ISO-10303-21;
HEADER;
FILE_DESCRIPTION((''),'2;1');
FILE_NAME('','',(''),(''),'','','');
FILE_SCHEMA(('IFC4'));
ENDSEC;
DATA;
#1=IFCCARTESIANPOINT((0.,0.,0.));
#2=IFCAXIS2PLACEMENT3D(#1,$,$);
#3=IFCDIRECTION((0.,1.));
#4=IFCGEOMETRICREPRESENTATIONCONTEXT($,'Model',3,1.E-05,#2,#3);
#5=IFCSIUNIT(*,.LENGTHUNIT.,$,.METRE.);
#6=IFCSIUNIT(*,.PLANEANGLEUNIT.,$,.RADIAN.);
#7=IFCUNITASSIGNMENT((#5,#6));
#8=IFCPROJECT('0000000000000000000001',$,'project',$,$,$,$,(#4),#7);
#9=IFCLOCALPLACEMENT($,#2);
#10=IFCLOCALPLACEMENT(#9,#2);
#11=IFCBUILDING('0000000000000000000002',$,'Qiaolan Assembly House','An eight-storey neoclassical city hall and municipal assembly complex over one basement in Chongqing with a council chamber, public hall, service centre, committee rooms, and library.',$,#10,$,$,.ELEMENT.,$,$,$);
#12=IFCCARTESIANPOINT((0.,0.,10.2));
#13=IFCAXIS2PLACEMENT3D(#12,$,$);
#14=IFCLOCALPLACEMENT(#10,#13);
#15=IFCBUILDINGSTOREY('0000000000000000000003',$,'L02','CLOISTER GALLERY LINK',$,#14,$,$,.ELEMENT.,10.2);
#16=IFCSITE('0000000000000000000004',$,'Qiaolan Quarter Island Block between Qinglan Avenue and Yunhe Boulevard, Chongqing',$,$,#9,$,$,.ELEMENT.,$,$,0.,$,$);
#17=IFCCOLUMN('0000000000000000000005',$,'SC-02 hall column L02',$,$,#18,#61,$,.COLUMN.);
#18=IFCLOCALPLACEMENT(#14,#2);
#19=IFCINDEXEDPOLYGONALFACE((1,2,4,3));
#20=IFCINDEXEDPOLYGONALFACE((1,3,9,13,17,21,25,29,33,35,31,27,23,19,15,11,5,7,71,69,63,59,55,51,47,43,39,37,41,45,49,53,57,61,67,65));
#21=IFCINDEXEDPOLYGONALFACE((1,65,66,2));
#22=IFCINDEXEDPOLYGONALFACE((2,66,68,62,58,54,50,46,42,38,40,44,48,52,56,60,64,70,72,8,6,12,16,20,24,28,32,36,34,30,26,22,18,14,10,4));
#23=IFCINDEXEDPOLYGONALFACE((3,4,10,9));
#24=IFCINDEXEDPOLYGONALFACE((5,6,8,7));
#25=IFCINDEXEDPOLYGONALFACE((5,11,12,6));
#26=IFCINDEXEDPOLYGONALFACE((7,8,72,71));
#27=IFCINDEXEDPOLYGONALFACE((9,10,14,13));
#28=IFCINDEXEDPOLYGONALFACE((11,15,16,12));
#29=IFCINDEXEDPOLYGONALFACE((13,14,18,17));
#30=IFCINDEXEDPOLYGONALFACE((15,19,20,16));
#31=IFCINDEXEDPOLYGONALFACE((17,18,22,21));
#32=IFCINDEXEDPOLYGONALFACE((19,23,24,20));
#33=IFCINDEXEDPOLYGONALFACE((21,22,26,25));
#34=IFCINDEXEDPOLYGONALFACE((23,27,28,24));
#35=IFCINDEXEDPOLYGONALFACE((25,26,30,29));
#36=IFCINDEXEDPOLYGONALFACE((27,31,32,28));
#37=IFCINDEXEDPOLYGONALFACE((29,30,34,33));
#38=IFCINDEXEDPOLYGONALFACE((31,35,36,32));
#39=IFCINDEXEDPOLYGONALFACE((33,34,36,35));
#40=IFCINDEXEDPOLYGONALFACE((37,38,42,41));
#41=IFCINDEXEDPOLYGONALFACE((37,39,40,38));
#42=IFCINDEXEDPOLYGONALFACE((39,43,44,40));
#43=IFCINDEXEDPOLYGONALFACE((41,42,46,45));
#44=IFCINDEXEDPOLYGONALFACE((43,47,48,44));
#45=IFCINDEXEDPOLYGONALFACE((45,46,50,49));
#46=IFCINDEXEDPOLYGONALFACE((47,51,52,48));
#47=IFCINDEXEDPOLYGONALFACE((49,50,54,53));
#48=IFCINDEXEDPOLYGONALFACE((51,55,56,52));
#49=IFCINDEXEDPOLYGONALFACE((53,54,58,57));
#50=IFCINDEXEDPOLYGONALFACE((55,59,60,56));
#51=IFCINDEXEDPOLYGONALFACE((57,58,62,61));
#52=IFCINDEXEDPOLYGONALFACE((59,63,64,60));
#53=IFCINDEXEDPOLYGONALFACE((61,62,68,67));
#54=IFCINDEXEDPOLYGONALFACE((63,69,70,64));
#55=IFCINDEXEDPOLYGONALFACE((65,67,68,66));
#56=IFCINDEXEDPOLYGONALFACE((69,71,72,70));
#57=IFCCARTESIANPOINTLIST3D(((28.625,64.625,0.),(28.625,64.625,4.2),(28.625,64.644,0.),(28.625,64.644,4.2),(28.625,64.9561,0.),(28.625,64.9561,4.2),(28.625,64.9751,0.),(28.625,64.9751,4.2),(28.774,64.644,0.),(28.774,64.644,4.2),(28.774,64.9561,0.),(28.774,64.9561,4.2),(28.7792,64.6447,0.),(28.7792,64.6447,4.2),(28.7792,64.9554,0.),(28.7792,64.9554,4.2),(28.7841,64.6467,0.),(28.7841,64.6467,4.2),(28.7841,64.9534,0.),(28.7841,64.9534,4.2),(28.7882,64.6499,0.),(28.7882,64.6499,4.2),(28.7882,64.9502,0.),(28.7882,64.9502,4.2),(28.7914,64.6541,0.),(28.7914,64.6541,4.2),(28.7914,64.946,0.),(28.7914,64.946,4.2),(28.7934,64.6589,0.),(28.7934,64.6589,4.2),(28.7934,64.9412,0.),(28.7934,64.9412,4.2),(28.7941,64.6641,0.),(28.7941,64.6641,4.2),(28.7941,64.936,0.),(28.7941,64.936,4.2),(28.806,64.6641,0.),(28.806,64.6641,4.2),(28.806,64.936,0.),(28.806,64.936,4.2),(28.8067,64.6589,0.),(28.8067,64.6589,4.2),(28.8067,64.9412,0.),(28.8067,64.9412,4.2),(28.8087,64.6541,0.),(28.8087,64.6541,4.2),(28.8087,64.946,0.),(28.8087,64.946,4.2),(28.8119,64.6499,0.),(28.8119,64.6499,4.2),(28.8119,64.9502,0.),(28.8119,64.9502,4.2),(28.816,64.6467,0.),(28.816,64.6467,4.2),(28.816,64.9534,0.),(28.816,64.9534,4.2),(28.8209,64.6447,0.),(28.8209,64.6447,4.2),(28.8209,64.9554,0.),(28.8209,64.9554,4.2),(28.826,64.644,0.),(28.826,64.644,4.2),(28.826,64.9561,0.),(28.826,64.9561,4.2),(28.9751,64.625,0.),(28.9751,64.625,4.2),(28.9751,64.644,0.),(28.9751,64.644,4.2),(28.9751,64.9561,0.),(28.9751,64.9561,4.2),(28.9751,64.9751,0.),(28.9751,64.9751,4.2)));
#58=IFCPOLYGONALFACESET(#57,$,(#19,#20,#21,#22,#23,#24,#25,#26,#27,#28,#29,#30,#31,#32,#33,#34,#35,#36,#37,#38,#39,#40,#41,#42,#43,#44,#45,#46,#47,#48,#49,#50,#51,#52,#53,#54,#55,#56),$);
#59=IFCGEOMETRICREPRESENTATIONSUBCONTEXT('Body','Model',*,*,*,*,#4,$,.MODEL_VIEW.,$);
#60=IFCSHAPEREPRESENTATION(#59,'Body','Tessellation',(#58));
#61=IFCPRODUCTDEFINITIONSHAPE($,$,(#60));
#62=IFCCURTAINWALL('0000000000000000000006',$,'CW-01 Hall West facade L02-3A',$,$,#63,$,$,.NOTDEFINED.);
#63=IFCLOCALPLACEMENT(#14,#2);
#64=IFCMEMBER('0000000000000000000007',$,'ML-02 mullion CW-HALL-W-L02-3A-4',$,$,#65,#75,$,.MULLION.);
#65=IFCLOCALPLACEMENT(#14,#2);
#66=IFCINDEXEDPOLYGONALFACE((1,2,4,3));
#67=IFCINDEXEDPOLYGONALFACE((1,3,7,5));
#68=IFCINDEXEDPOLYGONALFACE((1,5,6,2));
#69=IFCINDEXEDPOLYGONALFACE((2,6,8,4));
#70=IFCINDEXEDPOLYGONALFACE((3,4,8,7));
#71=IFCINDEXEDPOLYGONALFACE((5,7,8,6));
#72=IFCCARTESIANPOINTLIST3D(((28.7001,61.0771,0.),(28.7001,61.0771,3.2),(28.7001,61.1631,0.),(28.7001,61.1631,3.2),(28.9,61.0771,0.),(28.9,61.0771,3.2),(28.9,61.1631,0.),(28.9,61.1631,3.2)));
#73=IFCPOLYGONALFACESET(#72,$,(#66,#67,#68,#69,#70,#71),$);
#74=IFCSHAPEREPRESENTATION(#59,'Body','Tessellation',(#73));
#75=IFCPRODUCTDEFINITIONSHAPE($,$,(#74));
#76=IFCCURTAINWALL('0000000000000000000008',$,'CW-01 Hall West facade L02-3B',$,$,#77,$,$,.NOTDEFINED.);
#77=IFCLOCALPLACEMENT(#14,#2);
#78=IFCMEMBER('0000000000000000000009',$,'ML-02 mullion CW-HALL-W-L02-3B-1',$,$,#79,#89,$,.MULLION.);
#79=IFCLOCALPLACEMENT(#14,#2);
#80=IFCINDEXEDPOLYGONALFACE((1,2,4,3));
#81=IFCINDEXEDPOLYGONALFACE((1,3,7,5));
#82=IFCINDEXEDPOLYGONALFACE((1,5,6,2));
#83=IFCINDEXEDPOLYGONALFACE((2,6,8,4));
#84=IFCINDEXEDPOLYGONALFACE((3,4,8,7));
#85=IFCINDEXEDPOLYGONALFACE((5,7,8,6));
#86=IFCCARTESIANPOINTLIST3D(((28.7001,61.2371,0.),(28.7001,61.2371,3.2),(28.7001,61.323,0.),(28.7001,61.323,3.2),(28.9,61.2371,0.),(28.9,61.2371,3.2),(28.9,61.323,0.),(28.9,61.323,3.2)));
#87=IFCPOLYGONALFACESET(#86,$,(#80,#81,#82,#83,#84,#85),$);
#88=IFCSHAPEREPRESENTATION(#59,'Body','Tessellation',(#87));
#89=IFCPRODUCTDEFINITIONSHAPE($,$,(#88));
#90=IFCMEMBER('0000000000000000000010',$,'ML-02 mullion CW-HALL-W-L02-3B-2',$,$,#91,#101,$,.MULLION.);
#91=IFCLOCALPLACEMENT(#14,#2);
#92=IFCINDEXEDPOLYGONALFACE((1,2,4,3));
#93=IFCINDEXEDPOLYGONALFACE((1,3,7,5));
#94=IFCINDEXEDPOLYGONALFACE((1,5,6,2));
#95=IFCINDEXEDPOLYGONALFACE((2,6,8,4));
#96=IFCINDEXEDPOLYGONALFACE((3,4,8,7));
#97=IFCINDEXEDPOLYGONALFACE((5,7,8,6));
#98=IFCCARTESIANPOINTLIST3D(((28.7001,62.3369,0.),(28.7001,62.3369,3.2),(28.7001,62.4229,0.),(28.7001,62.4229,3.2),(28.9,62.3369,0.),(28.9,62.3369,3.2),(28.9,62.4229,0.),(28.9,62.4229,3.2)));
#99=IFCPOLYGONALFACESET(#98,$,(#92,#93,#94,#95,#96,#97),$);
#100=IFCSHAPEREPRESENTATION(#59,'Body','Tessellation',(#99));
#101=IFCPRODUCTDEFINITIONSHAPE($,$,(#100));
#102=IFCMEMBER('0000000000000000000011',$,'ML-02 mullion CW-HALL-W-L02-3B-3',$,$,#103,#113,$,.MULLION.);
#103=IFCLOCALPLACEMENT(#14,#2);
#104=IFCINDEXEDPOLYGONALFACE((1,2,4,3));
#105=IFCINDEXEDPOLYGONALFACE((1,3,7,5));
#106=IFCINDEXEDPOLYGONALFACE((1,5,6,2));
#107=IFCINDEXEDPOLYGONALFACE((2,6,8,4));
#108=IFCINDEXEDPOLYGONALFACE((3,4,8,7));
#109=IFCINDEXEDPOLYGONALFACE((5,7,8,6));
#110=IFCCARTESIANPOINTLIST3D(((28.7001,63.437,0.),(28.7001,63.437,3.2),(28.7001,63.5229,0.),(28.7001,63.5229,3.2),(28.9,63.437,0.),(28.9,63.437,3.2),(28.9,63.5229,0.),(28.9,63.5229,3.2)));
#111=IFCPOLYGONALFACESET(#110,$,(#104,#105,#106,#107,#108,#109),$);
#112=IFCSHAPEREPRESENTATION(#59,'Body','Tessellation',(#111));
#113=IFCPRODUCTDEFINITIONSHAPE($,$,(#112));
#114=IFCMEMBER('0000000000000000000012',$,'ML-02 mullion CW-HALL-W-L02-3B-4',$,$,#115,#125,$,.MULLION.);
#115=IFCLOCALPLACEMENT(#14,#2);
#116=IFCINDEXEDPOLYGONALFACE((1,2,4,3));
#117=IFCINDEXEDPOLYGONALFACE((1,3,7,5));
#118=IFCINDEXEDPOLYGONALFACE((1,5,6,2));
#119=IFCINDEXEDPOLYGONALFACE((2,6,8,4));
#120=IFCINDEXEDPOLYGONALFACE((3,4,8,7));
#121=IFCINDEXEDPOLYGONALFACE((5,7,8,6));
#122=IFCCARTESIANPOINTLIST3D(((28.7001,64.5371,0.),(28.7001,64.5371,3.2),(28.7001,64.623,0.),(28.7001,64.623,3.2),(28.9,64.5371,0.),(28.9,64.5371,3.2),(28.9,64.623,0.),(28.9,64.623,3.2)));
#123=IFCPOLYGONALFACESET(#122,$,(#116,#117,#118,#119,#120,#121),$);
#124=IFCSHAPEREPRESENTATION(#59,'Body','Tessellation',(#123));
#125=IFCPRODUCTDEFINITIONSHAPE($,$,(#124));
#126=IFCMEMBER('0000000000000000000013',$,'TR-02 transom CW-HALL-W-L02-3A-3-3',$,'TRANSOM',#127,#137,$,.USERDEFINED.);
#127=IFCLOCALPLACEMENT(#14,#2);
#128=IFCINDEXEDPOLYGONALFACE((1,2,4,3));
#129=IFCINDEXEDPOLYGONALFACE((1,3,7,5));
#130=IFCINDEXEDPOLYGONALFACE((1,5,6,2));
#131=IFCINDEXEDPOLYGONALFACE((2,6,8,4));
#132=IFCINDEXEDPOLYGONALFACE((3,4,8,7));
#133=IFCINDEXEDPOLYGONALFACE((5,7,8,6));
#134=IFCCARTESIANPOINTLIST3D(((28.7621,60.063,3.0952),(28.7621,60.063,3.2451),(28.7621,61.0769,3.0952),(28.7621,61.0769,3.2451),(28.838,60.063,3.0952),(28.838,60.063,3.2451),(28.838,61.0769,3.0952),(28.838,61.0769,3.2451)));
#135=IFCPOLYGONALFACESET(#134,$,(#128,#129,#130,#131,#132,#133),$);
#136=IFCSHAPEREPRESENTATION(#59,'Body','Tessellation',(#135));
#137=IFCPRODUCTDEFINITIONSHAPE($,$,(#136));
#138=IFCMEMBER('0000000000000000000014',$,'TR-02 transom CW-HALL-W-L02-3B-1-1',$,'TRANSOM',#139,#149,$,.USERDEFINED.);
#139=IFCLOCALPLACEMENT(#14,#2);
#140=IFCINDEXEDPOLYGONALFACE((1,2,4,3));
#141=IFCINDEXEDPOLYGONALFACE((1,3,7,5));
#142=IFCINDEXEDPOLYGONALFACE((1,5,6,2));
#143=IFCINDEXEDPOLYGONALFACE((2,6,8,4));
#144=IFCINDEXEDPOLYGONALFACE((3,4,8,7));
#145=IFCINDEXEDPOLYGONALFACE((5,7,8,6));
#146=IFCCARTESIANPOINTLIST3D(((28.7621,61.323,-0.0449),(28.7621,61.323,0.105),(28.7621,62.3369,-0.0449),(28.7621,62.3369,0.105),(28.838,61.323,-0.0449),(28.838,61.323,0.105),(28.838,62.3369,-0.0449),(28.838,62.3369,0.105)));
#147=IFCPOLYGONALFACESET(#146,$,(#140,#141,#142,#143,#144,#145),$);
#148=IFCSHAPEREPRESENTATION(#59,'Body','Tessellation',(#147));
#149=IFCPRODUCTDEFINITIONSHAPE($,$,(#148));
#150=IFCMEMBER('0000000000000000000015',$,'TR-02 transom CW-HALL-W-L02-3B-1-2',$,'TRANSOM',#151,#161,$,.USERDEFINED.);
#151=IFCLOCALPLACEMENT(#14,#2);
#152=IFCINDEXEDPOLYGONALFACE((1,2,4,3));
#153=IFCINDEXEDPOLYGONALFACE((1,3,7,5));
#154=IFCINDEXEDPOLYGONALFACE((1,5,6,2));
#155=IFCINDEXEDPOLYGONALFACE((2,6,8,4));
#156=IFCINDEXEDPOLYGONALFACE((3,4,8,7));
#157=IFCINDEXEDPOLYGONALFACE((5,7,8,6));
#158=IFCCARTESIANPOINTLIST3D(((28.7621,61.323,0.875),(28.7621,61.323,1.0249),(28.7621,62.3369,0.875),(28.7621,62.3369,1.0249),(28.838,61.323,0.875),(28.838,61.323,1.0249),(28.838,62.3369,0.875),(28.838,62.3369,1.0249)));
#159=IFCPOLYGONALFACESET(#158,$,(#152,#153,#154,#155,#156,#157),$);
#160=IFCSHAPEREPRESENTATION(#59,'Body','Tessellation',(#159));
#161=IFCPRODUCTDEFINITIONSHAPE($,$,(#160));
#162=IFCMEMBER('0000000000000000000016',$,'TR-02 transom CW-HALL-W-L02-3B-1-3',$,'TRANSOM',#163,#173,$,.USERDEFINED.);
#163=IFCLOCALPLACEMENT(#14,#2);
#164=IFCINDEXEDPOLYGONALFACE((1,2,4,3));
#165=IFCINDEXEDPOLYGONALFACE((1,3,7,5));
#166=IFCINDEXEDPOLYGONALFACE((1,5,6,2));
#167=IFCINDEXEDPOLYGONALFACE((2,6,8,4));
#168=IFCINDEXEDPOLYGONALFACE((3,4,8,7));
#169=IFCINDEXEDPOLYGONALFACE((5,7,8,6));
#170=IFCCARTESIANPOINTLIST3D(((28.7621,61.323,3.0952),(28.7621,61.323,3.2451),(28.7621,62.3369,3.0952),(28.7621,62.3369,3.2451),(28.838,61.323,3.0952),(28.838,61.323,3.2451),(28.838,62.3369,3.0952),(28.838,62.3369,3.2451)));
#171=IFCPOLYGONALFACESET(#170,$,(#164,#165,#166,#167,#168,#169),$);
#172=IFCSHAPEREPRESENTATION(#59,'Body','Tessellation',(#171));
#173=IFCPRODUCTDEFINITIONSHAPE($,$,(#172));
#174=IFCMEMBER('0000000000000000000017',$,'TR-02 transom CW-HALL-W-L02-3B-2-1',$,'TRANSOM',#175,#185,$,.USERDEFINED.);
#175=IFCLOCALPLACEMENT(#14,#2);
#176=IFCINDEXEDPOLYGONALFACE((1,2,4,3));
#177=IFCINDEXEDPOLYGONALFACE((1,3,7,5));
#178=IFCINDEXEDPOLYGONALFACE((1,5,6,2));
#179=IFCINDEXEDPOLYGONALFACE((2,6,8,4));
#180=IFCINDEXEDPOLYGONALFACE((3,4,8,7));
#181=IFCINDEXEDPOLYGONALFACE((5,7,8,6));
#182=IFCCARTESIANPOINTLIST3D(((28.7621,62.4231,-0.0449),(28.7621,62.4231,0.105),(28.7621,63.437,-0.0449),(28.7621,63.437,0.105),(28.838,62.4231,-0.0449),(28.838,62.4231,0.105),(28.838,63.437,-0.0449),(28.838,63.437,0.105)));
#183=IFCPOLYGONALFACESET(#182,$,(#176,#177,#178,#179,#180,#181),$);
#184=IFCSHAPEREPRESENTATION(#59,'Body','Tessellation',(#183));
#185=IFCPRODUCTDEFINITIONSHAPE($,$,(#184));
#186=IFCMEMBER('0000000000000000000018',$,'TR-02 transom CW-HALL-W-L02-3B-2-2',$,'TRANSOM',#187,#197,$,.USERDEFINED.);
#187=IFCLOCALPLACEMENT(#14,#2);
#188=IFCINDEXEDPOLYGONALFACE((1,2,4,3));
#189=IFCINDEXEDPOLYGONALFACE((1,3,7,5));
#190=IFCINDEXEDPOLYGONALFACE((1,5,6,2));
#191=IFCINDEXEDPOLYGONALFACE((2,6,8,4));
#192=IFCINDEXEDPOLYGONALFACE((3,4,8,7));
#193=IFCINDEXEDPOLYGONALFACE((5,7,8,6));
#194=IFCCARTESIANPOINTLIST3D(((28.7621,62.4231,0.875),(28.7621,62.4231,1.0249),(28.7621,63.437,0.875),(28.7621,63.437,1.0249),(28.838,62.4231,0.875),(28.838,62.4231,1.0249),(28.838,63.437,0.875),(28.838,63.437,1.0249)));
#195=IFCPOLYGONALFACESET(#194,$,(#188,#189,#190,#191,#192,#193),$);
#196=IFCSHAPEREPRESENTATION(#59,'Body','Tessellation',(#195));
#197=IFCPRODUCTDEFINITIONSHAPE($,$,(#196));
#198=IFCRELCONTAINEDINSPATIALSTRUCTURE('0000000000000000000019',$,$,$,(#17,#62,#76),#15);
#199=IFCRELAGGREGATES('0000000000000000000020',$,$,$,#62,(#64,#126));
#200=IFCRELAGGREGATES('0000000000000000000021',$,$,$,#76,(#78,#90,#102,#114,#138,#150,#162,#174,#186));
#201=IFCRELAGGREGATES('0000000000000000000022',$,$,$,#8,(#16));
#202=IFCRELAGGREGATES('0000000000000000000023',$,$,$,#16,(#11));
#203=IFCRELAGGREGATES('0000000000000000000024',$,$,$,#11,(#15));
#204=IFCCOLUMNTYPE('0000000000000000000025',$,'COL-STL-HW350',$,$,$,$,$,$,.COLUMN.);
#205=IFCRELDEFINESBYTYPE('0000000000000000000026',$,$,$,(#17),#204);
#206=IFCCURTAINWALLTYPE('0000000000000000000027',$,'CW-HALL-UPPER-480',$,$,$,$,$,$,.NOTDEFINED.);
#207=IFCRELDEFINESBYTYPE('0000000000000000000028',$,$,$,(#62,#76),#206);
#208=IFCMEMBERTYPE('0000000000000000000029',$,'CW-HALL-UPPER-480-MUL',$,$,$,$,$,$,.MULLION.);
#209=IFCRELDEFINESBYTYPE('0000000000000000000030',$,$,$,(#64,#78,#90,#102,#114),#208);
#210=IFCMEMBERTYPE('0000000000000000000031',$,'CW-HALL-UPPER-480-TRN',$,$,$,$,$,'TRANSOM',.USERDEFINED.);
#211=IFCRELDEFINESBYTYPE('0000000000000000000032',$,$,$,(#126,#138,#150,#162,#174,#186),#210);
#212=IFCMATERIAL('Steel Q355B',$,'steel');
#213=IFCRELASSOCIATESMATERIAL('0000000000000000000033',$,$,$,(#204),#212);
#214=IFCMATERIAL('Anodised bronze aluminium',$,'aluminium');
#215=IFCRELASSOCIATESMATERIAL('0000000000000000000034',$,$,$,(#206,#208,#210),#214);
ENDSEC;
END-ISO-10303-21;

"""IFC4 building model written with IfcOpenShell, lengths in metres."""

from ifc_helpers import new_model, si_unit, direction, frame, origin, origin_2d, place, context, subcontext, project, spatial, rectangle, i_section, extrude, material, material_profile, profile_set, type_object, element, aggregate, save


model = new_model("IFC4")

# Units and contexts
model_context = context("Model", 3, precision=1e-05, world=origin(), true_north=direction((0.0, 1.0)))
body_context = subcontext(model_context, "Body", "Model", "MODEL_VIEW")
ifc_project = project(units=[si_unit("LENGTHUNIT", "METRE"), si_unit("PLANEANGLEUNIT", "RADIAN")], contexts=[model_context])

# Site, building, storey
site_placement = place(None, origin())
site = spatial("IfcSite", under=ifc_project, at=site_placement, Name="Qiaolan Quarter Island Block between Qinglan Avenue and Yunhe Boulevard, Chongqing", CompositionType="ELEMENT", RefElevation=0.0)
building_placement = place(site_placement, origin())
building = spatial("IfcBuilding", under=site, at=building_placement, Name="Qiaolan Assembly House", Description="An eight-storey neoclassical city hall and municipal assembly complex over one basement in Chongqing with a council chamber, public hall, service centre, committee rooms, and library.", CompositionType="ELEMENT")
storey_placement = place(building_placement, frame((0.0, 0.0, 10.2)))
storey = spatial("IfcBuildingStorey", under=building, at=storey_placement, Name="L02", Description="CLOISTER GALLERY LINK", CompositionType="ELEMENT", Elevation=10.2)

# Column
ifc_material_1 = material(Name="Steel Q355B", Category="steel")
ifc_material_profile_1 = material_profile(ifc_material_1, i_section(OverallWidth=0.3501, OverallDepth=0.3501, WebThickness=0.012, FlangeThickness=0.019, FilletRadius=0.02, at=origin_2d()), Name="HW 350x350x12x19")
ifc_profile_set_1 = profile_set([ifc_material_profile_1], Name="Steel Q355B")
column_type = type_object("IfcColumnType", Name="COL-STL-HW350", PredefinedType="COLUMN", material=ifc_profile_set_1)
column_placement = place(storey_placement, frame((28.8, 64.8, 0.0), z_axis=(0.0, 0.0, 1.0), x_axis=(1.0, 0.0, 0.0)))
element("IfcColumn", 1, at=column_placement, inside=storey, type_object=column_type, Name="SC-02 hall column L02", PredefinedType="COLUMN", context=body_context, shape_type="SweptSolid", body=[
    extrude(i_section(OverallWidth=0.3501, OverallDepth=0.3501, WebThickness=0.012, FlangeThickness=0.019, FilletRadius=0.02, at=origin_2d()), origin(), (0.0, 0.0, 1.0), 4.2),
])

# Curtain wall, member
ifc_material_2 = material(Name="Anodised bronze aluminium", Category="aluminium")
curtain_wall_type = type_object("IfcCurtainWallType", Name="CW-HALL-UPPER-480", PredefinedType="NOTDEFINED", material=ifc_material_2)
curtain_wall_1_placement = place(storey_placement, origin())
curtain_wall_1 = element("IfcCurtainWall", 2, at=curtain_wall_1_placement, inside=storey, type_object=curtain_wall_type, Name="CW-01 Hall West facade L02-3A", PredefinedType="NOTDEFINED")
ifc_material_profile_2 = material_profile(ifc_material_2, rectangle(XDim=0.0859, YDim=0.2, at=origin_2d()), Name="MUL 86x200")
ifc_profile_set_2 = profile_set([ifc_material_profile_2], Name="Anodised bronze aluminium")
member_type_1 = type_object("IfcMemberType", Name="CW-HALL-UPPER-480-MUL", PredefinedType="MULLION", material=ifc_profile_set_2)
member_1_placement = place(storey_placement, frame((28.8, 61.1201, 0.0), z_axis=(0.0, 0.0, 1.0), x_axis=(0.0, 1.0, 0.0)))
member_1 = element("IfcMember", 3, at=member_1_placement, type_object=member_type_1, Name="ML-02 mullion CW-HALL-W-L02-3A-4", PredefinedType="MULLION", context=body_context, shape_type="SweptSolid", body=[
    extrude(rectangle(XDim=0.0859, YDim=0.2, at=origin_2d()), origin(), (0.0, 0.0, 1.0), 3.2),
])

# Curtain wall, members
curtain_wall_2_placement = place(storey_placement, origin())
curtain_wall_2 = element("IfcCurtainWall", 4, at=curtain_wall_2_placement, inside=storey, type_object=curtain_wall_type, Name="CW-01 Hall West facade L02-3B", PredefinedType="NOTDEFINED")
member_2_placement = place(storey_placement, frame((28.8, 61.28, 0.0), z_axis=(0.0, 0.0, 1.0), x_axis=(0.0, 1.0, 0.0)))
member_2 = element("IfcMember", 5, at=member_2_placement, type_object=member_type_1, Name="ML-02 mullion CW-HALL-W-L02-3B-1", PredefinedType="MULLION", context=body_context, shape_type="SweptSolid", body=[
    extrude(rectangle(XDim=0.0859, YDim=0.2, at=origin_2d()), origin(), (0.0, 0.0, 1.0), 3.2),
])
member_3_placement = place(storey_placement, frame((28.8, 62.3799, 0.0), z_axis=(0.0, 0.0, 1.0), x_axis=(0.0, 1.0, 0.0)))
member_3 = element("IfcMember", 6, at=member_3_placement, type_object=member_type_1, Name="ML-02 mullion CW-HALL-W-L02-3B-2", PredefinedType="MULLION", context=body_context, shape_type="SweptSolid", body=[
    extrude(rectangle(XDim=0.0859, YDim=0.2, at=origin_2d()), origin(), (0.0, 0.0, 1.0), 3.2),
])
member_4_placement = place(storey_placement, frame((28.8, 63.48, 0.0), z_axis=(0.0, 0.0, 1.0), x_axis=(0.0, 1.0, 0.0)))
member_4 = element("IfcMember", 7, at=member_4_placement, type_object=member_type_1, Name="ML-02 mullion CW-HALL-W-L02-3B-3", PredefinedType="MULLION", context=body_context, shape_type="SweptSolid", body=[
    extrude(rectangle(XDim=0.0859, YDim=0.2, at=origin_2d()), origin(), (0.0, 0.0, 1.0), 3.2),
])
member_5_placement = place(storey_placement, frame((28.8, 64.5801, 0.0), z_axis=(0.0, 0.0, 1.0), x_axis=(0.0, 1.0, 0.0)))
member_5 = element("IfcMember", 8, at=member_5_placement, type_object=member_type_1, Name="ML-02 mullion CW-HALL-W-L02-3B-4", PredefinedType="MULLION", context=body_context, shape_type="SweptSolid", body=[
    extrude(rectangle(XDim=0.0859, YDim=0.2, at=origin_2d()), origin(), (0.0, 0.0, 1.0), 3.2),
])

# Members
ifc_material_profile_3 = material_profile(ifc_material_2, rectangle(XDim=0.0759, YDim=0.1499, at=origin_2d()), Name="TRN 76x150")
ifc_profile_set_3 = profile_set([ifc_material_profile_3], Name="Anodised bronze aluminium")
member_type_2 = type_object("IfcMemberType", Name="CW-HALL-UPPER-480-TRN", ElementType="TRANSOM", PredefinedType="USERDEFINED", material=ifc_profile_set_3)
member_6_placement = place(storey_placement, frame((28.8, 60.063, 3.1702), z_axis=(0.0, 1.0, 0.0), x_axis=(-1.0, 0.0, 0.0)))
member_6 = element("IfcMember", 9, at=member_6_placement, type_object=member_type_2, Name="TR-02 transom CW-HALL-W-L02-3A-3-3", ObjectType="TRANSOM", PredefinedType="USERDEFINED", context=body_context, shape_type="SweptSolid", body=[
    extrude(rectangle(XDim=0.0759, YDim=0.1499, at=origin_2d()), origin(), (0.0, 0.0, 1.0), 1.0139),
])
aggregate(curtain_wall_1, [member_1, member_6])
member_7_placement = place(storey_placement, frame((28.8, 61.323, 0.03), z_axis=(0.0, 1.0, 0.0), x_axis=(-1.0, 0.0, 0.0)))
member_7 = element("IfcMember", 10, at=member_7_placement, type_object=member_type_2, Name="TR-02 transom CW-HALL-W-L02-3B-1-1", ObjectType="TRANSOM", PredefinedType="USERDEFINED", context=body_context, shape_type="SweptSolid", body=[
    extrude(rectangle(XDim=0.0759, YDim=0.1499, at=origin_2d()), origin(), (0.0, 0.0, 1.0), 1.0139),
])
member_8_placement = place(storey_placement, frame((28.8, 61.323, 0.95), z_axis=(0.0, 1.0, 0.0), x_axis=(-1.0, 0.0, 0.0)))
member_8 = element("IfcMember", 11, at=member_8_placement, type_object=member_type_2, Name="TR-02 transom CW-HALL-W-L02-3B-1-2", ObjectType="TRANSOM", PredefinedType="USERDEFINED", context=body_context, shape_type="SweptSolid", body=[
    extrude(rectangle(XDim=0.0759, YDim=0.1499, at=origin_2d()), origin(), (0.0, 0.0, 1.0), 1.0139),
])
member_9_placement = place(storey_placement, frame((28.8, 61.323, 3.1702), z_axis=(0.0, 1.0, 0.0), x_axis=(-1.0, 0.0, 0.0)))
member_9 = element("IfcMember", 12, at=member_9_placement, type_object=member_type_2, Name="TR-02 transom CW-HALL-W-L02-3B-1-3", ObjectType="TRANSOM", PredefinedType="USERDEFINED", context=body_context, shape_type="SweptSolid", body=[
    extrude(rectangle(XDim=0.0759, YDim=0.1499, at=origin_2d()), origin(), (0.0, 0.0, 1.0), 1.0139),
])
member_10_placement = place(storey_placement, frame((28.8, 62.4231, 0.03), z_axis=(0.0, 1.0, 0.0), x_axis=(-1.0, 0.0, 0.0)))
member_10 = element("IfcMember", 13, at=member_10_placement, type_object=member_type_2, Name="TR-02 transom CW-HALL-W-L02-3B-2-1", ObjectType="TRANSOM", PredefinedType="USERDEFINED", context=body_context, shape_type="SweptSolid", body=[
    extrude(rectangle(XDim=0.0759, YDim=0.1499, at=origin_2d()), origin(), (0.0, 0.0, 1.0), 1.0139),
])
member_11_placement = place(storey_placement, frame((28.8, 62.4231, 0.95), z_axis=(0.0, 1.0, 0.0), x_axis=(-1.0, 0.0, 0.0)))
member_11 = element("IfcMember", 14, at=member_11_placement, type_object=member_type_2, Name="TR-02 transom CW-HALL-W-L02-3B-2-2", ObjectType="TRANSOM", PredefinedType="USERDEFINED", context=body_context, shape_type="SweptSolid", body=[
    extrude(rectangle(XDim=0.0759, YDim=0.1499, at=origin_2d()), origin(), (0.0, 0.0, 1.0), 1.0139),
])

aggregate(curtain_wall_2, [member_2, member_3, member_4, member_5, member_7, member_8, member_9, member_10, member_11])

save(model, "model.ifc")
